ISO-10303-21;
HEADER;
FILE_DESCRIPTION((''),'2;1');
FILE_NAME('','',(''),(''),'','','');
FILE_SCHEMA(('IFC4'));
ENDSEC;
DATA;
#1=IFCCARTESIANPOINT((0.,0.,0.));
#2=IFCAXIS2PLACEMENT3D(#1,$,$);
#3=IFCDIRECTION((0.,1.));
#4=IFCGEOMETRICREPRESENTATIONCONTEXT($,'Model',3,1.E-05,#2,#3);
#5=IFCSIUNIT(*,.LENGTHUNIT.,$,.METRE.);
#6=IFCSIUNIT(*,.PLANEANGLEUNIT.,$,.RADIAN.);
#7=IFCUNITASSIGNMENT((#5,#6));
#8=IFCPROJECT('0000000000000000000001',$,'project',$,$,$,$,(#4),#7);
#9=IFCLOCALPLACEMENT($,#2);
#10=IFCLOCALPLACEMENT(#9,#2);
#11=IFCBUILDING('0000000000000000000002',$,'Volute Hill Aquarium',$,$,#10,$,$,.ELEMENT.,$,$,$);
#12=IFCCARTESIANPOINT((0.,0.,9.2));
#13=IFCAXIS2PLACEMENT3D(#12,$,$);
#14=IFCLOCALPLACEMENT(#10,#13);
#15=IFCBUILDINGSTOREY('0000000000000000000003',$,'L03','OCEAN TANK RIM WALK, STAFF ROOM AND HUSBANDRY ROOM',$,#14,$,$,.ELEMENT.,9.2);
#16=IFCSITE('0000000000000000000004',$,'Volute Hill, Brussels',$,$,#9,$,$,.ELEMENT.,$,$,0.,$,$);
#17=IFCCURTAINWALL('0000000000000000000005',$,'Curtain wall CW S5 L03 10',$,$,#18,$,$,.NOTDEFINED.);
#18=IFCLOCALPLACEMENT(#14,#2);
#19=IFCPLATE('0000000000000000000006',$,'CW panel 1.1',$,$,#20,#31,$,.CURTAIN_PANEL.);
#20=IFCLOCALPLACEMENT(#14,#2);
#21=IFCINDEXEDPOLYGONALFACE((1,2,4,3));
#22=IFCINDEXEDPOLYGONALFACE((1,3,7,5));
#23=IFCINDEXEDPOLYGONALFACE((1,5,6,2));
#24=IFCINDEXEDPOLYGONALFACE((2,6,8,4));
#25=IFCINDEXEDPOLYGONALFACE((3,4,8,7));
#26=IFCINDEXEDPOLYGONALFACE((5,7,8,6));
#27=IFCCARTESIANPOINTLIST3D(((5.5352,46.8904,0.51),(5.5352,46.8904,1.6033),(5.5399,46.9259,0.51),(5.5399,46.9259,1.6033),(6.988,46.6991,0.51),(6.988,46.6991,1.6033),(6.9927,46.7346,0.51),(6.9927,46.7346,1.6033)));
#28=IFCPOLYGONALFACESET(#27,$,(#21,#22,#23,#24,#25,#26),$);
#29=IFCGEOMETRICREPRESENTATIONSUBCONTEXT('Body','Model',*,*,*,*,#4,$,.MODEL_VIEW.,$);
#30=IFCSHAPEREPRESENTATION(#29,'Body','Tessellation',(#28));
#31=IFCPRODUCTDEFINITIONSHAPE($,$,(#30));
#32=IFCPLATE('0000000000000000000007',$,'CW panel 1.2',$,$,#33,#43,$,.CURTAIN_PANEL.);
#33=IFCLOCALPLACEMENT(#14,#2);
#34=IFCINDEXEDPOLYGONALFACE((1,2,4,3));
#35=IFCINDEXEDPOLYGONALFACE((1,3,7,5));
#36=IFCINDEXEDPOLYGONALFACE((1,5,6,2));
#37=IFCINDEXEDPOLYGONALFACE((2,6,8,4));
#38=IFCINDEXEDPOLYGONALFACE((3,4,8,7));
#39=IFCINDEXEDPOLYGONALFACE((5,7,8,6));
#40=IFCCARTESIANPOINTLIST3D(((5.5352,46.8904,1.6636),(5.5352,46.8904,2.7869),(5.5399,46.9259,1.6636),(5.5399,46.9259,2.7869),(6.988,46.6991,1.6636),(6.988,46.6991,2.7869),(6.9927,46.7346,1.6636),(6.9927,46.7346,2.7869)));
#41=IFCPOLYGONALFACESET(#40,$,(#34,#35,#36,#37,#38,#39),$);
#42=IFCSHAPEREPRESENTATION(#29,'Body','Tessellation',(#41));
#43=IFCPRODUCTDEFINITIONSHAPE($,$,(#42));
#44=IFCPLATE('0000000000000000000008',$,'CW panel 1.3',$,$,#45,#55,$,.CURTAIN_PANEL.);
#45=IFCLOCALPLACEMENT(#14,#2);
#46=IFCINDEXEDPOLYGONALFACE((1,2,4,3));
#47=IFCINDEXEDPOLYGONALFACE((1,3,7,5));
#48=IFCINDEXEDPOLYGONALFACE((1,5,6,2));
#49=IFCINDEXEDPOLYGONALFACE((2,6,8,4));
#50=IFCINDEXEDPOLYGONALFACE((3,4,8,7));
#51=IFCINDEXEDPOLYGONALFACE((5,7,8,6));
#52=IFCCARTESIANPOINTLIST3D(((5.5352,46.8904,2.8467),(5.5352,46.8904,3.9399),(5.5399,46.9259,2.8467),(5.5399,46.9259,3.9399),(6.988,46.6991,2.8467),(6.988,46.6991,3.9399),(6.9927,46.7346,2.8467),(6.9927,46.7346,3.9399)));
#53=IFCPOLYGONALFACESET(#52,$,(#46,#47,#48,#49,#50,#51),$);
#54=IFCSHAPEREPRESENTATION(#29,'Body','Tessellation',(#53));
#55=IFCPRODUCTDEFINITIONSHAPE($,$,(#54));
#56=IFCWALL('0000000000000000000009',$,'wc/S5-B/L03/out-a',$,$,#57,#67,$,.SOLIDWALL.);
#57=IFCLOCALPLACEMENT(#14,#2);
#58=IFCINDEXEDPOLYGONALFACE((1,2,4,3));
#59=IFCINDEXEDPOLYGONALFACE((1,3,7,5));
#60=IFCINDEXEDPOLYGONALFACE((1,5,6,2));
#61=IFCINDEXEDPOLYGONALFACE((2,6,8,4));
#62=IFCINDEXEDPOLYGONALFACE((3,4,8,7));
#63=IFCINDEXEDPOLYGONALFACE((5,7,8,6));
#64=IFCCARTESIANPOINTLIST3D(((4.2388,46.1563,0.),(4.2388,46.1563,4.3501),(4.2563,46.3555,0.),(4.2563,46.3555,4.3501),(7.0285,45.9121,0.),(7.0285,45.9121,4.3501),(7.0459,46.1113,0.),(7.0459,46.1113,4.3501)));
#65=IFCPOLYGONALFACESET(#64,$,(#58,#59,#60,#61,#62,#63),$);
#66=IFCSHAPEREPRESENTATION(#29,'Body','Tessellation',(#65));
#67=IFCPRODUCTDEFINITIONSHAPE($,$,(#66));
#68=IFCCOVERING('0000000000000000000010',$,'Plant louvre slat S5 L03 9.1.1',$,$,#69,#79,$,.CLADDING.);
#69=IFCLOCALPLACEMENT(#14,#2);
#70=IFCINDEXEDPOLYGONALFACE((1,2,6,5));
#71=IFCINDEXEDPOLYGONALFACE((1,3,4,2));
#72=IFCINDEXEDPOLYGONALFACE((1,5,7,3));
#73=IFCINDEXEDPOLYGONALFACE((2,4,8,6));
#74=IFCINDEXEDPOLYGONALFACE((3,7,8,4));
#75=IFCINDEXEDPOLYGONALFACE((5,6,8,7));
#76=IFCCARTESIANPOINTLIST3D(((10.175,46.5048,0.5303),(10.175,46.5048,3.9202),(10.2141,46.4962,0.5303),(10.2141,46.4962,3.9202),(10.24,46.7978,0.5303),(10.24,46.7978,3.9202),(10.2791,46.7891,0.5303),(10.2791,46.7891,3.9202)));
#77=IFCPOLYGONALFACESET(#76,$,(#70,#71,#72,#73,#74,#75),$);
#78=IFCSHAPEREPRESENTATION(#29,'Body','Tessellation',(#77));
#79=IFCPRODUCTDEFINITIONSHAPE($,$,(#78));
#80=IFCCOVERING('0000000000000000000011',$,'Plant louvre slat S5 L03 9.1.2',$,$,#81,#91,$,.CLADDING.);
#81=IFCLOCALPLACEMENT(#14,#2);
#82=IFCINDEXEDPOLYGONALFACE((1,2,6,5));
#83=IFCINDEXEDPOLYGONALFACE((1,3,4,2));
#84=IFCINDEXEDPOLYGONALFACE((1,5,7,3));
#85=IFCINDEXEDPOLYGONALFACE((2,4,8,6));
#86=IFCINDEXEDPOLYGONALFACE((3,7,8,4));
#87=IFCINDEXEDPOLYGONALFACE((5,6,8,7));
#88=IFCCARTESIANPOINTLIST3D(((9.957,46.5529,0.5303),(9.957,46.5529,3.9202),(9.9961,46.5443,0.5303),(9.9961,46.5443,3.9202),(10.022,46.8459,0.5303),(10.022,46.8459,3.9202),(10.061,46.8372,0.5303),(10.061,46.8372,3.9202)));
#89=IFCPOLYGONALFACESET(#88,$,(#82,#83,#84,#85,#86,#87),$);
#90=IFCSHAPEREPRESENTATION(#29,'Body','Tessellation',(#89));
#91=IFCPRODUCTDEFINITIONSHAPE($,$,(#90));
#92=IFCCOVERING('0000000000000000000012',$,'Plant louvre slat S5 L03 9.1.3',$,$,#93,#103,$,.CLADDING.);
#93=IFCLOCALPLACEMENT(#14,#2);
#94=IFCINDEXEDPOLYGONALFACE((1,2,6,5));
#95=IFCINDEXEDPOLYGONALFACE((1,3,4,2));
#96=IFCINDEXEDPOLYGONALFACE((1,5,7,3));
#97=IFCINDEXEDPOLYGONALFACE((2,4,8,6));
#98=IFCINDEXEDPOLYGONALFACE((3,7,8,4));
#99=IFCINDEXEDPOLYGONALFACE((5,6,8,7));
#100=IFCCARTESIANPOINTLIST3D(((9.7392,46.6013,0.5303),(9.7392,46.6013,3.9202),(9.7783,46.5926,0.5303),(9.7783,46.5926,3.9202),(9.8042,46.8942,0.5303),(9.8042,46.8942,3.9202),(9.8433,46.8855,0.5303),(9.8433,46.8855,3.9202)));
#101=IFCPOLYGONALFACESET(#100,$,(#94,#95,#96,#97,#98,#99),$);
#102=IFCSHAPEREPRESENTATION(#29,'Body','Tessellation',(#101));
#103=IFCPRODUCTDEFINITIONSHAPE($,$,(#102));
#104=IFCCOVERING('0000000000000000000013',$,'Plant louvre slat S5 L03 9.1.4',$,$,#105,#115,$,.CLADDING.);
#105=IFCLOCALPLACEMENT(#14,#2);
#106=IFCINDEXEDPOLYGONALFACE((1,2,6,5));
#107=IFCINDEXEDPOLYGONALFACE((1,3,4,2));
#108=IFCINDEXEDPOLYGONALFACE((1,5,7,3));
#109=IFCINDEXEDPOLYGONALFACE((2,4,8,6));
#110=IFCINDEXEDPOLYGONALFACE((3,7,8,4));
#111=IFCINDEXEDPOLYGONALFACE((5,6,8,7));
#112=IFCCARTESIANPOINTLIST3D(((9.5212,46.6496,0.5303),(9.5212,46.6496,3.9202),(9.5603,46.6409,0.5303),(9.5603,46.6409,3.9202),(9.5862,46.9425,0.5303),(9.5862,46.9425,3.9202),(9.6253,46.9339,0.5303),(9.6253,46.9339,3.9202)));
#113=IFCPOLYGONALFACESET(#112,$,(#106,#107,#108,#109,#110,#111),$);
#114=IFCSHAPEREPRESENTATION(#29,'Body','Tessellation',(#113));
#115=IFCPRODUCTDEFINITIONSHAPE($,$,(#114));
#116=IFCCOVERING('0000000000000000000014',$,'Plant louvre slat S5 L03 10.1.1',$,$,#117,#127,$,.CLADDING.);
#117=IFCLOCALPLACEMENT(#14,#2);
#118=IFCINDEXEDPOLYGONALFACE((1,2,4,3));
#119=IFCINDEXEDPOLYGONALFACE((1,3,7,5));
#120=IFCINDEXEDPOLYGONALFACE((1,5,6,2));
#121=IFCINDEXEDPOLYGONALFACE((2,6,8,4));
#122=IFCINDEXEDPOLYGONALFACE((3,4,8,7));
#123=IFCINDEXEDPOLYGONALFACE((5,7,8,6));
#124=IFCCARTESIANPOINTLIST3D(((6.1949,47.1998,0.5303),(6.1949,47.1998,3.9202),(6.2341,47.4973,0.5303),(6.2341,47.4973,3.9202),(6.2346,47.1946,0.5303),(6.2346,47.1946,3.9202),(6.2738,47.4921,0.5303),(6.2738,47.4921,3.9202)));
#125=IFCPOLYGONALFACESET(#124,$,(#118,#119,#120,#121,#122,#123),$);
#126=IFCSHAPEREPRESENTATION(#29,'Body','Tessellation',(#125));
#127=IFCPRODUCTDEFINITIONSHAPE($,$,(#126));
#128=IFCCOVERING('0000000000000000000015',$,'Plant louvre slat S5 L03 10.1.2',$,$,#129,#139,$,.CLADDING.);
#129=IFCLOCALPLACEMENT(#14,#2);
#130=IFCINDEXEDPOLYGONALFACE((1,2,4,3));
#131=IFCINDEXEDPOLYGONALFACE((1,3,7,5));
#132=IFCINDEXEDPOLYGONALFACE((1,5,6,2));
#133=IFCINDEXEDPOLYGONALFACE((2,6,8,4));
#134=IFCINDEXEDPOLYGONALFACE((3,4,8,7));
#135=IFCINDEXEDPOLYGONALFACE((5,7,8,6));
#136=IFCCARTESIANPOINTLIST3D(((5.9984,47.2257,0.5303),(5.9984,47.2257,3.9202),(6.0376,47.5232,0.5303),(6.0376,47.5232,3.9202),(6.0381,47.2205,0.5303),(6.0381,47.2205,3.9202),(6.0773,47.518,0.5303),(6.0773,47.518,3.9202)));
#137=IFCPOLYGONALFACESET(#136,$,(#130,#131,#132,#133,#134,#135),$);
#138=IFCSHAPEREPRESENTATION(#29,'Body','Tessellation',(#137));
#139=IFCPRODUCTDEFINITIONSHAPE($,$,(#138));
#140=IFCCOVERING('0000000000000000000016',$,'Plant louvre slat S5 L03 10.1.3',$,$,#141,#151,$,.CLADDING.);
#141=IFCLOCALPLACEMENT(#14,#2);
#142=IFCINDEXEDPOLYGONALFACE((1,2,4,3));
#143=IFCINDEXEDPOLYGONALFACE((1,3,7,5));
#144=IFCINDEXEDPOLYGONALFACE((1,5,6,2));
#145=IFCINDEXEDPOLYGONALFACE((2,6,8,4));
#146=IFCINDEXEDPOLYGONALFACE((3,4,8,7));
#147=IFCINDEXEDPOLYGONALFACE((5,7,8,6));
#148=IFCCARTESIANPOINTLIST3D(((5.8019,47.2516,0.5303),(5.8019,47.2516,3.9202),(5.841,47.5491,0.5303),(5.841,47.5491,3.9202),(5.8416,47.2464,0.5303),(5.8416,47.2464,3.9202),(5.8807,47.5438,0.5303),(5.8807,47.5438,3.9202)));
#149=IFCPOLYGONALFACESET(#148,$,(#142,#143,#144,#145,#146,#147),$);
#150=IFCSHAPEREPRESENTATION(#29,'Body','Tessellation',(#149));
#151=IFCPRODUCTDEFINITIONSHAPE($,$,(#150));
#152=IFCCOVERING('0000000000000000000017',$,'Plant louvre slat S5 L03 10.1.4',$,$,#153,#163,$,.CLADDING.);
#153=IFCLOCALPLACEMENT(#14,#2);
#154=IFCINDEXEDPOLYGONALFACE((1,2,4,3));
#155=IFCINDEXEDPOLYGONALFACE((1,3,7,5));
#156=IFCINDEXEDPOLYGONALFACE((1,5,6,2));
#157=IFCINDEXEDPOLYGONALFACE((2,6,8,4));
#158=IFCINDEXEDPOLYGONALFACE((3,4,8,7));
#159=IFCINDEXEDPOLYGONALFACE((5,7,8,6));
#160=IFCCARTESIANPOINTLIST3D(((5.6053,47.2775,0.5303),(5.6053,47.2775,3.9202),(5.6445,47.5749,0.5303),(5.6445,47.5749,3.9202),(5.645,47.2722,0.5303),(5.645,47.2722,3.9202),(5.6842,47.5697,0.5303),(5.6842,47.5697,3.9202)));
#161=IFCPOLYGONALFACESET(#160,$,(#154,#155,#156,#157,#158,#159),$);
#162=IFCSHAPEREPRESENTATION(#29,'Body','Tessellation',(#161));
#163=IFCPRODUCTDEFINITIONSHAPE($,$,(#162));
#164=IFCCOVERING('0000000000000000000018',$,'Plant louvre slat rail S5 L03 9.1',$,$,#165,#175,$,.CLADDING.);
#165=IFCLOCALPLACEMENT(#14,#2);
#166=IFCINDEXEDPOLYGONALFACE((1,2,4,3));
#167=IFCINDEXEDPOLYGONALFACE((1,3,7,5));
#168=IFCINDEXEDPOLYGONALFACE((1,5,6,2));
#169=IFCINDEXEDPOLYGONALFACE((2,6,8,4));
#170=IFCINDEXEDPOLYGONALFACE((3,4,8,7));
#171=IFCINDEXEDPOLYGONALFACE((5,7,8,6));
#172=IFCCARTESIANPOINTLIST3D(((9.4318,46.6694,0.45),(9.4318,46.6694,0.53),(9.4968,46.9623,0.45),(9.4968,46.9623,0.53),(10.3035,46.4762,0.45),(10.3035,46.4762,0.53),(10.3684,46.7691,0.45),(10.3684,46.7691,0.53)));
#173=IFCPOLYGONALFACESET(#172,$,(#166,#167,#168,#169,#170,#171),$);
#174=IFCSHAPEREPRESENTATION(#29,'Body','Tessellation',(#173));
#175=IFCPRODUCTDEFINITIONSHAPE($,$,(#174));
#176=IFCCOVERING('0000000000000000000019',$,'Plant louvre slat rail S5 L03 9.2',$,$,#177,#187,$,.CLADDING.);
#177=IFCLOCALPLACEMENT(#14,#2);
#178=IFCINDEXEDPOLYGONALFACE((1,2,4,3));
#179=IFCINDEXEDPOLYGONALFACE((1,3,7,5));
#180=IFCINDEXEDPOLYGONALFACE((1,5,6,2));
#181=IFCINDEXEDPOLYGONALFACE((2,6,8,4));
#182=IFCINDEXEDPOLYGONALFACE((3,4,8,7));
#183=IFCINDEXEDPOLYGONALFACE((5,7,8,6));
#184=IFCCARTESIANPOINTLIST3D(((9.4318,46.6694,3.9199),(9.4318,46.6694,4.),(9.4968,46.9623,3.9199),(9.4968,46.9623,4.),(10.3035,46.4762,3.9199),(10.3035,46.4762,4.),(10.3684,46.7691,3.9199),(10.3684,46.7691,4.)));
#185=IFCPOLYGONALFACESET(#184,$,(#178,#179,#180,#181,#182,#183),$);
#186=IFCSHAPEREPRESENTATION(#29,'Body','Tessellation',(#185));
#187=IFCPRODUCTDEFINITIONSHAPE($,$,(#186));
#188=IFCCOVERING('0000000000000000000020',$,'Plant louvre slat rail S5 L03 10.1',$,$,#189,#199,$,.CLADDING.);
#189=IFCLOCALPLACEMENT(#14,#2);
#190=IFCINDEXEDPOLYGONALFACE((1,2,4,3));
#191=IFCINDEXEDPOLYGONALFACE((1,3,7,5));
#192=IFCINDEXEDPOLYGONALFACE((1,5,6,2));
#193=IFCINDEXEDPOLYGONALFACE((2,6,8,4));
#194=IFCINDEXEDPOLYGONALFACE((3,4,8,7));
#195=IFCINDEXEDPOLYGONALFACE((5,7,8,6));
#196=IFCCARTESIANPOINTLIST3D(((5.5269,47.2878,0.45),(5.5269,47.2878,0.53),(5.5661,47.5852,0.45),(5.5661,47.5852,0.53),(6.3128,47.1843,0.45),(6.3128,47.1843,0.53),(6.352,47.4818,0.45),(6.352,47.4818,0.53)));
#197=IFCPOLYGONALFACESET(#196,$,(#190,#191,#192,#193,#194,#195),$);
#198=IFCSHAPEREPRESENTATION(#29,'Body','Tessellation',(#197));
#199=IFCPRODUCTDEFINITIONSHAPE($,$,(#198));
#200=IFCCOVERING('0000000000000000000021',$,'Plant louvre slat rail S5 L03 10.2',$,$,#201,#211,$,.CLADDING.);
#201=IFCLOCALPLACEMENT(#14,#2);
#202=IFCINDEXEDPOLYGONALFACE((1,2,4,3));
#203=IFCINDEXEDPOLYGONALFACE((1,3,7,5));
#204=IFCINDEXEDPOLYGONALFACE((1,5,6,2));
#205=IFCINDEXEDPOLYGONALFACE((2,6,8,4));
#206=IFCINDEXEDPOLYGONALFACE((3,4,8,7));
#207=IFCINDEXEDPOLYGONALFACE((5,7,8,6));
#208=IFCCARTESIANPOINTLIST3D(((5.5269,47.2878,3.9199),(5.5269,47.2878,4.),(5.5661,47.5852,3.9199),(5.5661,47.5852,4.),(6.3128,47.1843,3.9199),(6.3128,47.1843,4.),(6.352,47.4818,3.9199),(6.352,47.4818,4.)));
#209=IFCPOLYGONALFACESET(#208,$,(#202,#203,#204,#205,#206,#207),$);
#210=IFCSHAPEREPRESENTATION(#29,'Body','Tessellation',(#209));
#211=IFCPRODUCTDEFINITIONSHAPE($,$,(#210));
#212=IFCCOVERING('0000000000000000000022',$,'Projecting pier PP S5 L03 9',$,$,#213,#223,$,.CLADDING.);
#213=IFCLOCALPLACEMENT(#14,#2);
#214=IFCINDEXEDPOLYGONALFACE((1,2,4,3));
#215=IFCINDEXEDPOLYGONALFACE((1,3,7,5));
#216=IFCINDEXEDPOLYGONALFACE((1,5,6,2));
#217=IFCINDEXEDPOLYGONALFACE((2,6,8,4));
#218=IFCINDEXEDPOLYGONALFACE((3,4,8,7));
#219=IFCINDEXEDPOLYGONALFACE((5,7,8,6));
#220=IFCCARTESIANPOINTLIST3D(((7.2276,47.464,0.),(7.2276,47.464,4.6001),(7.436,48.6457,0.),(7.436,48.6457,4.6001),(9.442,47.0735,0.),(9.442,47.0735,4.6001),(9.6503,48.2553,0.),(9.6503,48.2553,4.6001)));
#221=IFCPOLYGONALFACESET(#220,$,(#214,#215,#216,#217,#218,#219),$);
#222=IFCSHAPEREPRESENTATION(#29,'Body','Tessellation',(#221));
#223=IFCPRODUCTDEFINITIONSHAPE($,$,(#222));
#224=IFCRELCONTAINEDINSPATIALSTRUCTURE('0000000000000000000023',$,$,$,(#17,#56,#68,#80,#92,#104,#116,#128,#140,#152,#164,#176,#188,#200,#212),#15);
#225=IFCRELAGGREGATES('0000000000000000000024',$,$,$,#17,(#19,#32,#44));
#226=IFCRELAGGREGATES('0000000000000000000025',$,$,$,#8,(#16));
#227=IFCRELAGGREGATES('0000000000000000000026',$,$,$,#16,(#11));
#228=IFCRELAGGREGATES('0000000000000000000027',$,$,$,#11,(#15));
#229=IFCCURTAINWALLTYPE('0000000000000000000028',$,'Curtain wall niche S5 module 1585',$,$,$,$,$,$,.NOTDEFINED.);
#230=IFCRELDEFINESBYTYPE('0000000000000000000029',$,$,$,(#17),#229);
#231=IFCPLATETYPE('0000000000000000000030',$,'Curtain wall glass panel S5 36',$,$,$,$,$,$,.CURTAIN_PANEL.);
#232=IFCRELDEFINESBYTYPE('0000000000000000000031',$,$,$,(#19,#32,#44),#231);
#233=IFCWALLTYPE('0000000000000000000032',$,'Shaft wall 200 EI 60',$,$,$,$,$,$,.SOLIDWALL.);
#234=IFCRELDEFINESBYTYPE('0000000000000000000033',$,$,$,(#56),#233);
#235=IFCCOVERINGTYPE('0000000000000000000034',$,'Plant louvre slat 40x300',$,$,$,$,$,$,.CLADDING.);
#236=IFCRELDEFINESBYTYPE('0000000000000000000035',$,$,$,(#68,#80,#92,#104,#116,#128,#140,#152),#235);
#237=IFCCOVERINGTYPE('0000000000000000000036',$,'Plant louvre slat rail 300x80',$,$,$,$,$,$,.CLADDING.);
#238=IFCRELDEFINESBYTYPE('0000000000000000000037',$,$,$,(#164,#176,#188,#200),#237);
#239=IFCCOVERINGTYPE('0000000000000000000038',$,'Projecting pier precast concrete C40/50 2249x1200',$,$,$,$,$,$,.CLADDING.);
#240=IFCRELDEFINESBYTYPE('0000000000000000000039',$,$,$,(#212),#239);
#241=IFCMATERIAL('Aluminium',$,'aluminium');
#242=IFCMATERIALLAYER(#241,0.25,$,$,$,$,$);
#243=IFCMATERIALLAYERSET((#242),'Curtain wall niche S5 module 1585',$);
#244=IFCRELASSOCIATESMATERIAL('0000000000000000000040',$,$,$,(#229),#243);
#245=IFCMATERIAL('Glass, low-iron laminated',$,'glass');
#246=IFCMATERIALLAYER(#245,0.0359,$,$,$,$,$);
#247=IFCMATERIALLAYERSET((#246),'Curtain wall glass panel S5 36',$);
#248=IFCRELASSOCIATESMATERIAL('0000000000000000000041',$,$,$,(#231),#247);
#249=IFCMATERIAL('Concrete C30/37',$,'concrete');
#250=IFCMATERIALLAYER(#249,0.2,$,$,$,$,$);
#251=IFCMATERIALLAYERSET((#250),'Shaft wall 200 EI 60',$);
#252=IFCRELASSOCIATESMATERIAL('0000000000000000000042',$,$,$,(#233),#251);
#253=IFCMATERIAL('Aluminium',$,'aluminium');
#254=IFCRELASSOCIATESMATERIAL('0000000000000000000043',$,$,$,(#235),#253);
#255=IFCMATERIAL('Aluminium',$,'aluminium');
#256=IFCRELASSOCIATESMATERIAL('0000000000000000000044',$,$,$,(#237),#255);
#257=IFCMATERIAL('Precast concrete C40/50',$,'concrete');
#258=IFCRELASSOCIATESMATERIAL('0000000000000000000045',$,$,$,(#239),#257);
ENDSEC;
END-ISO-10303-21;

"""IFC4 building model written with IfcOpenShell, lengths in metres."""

from ifc_helpers import new_model, si_unit, direction, frame, frame_2d, origin, origin_2d, place, context, subcontext, project, spatial, rectangle, extrude, material, layer, layer_set, type_object, element, aggregate, save


model = new_model("IFC4")

# Units and contexts
model_context = context("Model", 3, precision=1e-05, world=origin(), true_north=direction((0.0, 1.0)))
body_context = subcontext(model_context, "Body", "Model", "MODEL_VIEW")
ifc_project = project(units=[si_unit("LENGTHUNIT", "METRE"), si_unit("PLANEANGLEUNIT", "RADIAN")], contexts=[model_context])

# Site, building, storey
site_placement = place(None, origin())
site = spatial("IfcSite", under=ifc_project, at=site_placement, Name="Volute Hill, Brussels", CompositionType="ELEMENT", RefElevation=0.0)
building_placement = place(site_placement, origin())
building = spatial("IfcBuilding", under=site, at=building_placement, Name="Volute Hill Aquarium", CompositionType="ELEMENT")
storey_placement = place(building_placement, frame((0.0, 0.0, 9.2)))
storey = spatial("IfcBuildingStorey", under=building, at=storey_placement, Name="L03", Description="OCEAN TANK RIM WALK, STAFF ROOM AND HUSBANDRY ROOM", CompositionType="ELEMENT", Elevation=9.2)

# Curtain wall
ifc_material_1 = material(Name="Aluminium", Category="aluminium")
ifc_layer_1 = layer(ifc_material_1, 0.25)
ifc_layer_set_1 = layer_set([ifc_layer_1], Name="Curtain wall niche S5 module 1585")
curtain_wall_type_1 = type_object("IfcCurtainWallType", Name="Curtain wall niche S5 module 1585", PredefinedType="NOTDEFINED", material=ifc_layer_set_1)
curtain_wall_1_placement = place(storey_placement, origin())
curtain_wall_1 = element("IfcCurtainWall", 1, at=curtain_wall_1_placement, inside=storey, type_object=curtain_wall_type_1, Name="Curtain wall CW S5 L03 10", PredefinedType="NOTDEFINED")

# Plates
ifc_material_2 = material(Name="Glass, low-iron laminated", Category="glass")
ifc_layer_2 = layer(ifc_material_2, 0.0359)
ifc_layer_set_2 = layer_set([ifc_layer_2], Name="Curtain wall glass panel S5 36")
plate_type = type_object("IfcPlateType", Name="Curtain wall glass panel S5 36", PredefinedType="CURTAIN_PANEL", material=ifc_layer_set_2)
plate_1_placement = place(storey_placement, frame((6.2639, 46.8125, 0.51), z_axis=(0.0, 0.0, 1.0), x_axis=(-0.991443, 0.130539, 0.0)))
plate_1 = element("IfcPlate", 2, at=plate_1_placement, type_object=plate_type, Name="CW panel 1.1", PredefinedType="CURTAIN_PANEL", context=body_context, shape_type="SweptSolid", body=[
    extrude(rectangle(XDim=1.4653, YDim=0.0359, at=origin_2d()), origin(), (0.0, 0.0, 1.0), 1.0933),
])
plate_2_placement = place(storey_placement, frame((6.2639, 46.8125, 1.6636), z_axis=(0.0, 0.0, 1.0), x_axis=(-0.991443, 0.130539, 0.0)))
plate_2 = element("IfcPlate", 3, at=plate_2_placement, type_object=plate_type, Name="CW panel 1.2", PredefinedType="CURTAIN_PANEL", context=body_context, shape_type="SweptSolid", body=[
    extrude(rectangle(XDim=1.4653, YDim=0.0359, at=origin_2d()), origin(), (0.0, 0.0, 1.0), 1.1233),
])
plate_3_placement = place(storey_placement, frame((6.2639, 46.8125, 2.8467), z_axis=(0.0, 0.0, 1.0), x_axis=(-0.991443, 0.130539, 0.0)))
plate_3 = element("IfcPlate", 4, at=plate_3_placement, type_object=plate_type, Name="CW panel 1.3", PredefinedType="CURTAIN_PANEL", context=body_context, shape_type="SweptSolid", body=[
    extrude(rectangle(XDim=1.4653, YDim=0.0359, at=origin_2d()), origin(), (0.0, 0.0, 1.0), 1.0933),
])
aggregate(curtain_wall_1, [plate_1, plate_2, plate_3])

# Wall
ifc_material_3 = material(Name="Concrete C30/37", Category="concrete")
ifc_layer_3 = layer(ifc_material_3, 0.2)
ifc_layer_set_3 = layer_set([ifc_layer_3], Name="Shaft wall 200 EI 60")
wall_type = type_object("IfcWallType", Name="Shaft wall 200 EI 60", PredefinedType="SOLIDWALL", material=ifc_layer_set_3)
wall_placement = place(storey_placement, frame((4.2476, 46.2559, 0.0), z_axis=(0.0, 0.0, 1.0), x_axis=(0.996192, -0.087186, 0.0)))
element("IfcWall", 5, at=wall_placement, inside=storey, type_object=wall_type, Name="wc/S5-B/L03/out-a", PredefinedType="SOLIDWALL", context=body_context, shape_type="SweptSolid", body=[
    extrude(rectangle(XDim=2.8003, YDim=0.2, at=frame_2d((1.4001, 0.0))), origin(), (0.0, 0.0, 1.0), 4.3501),
])

# Coverings
ifc_material_4 = material(Name="Aluminium", Category="aluminium")
covering_type_1 = type_object("IfcCoveringType", Name="Plant louvre slat 40x300", PredefinedType="CLADDING", material=ifc_material_4)
for number, where, z_axis, x_axis, name in (
    (6, (10.2271, 46.647, 0.5303), (0.0, 0.0, 1.0), (-0.9763, 0.216423, 0.0), "Plant louvre slat S5 L03 9.1.1"),
    (7, (10.009, 46.6951, 0.5303), (0.0, 0.0, 1.0), (-0.9763, 0.216423, 0.0), "Plant louvre slat S5 L03 9.1.2"),
    (8, (9.7913, 46.7434, 0.5303), (0.0, 0.0, 1.0), (-0.9763, 0.216423, 0.0), "Plant louvre slat S5 L03 9.1.3"),
    (9, (9.5732, 46.7917, 0.5303), (0.0, 0.0, 1.0), (-0.9763, 0.216423, 0.0), "Plant louvre slat S5 L03 9.1.4"),
    (10, (6.2344, 47.3459, 0.5303), (0.0, 0.0, 1.0), (-0.991443, 0.130544, 0.0), "Plant louvre slat S5 L03 10.1.1"),
    (11, (6.0378, 47.3718, 0.5303), (0.0, 0.0, 1.0), (-0.991443, 0.130544, 0.0), "Plant louvre slat S5 L03 10.1.2"),
    (12, (5.8413, 47.3977, 0.5303), (0.0, 0.0, 1.0), (-0.991443, 0.130544, 0.0), "Plant louvre slat S5 L03 10.1.3"),
    (13, (5.6448, 47.4236, 0.5303), (0.0, 0.0, 1.0), (-0.991443, 0.130544, 0.0), "Plant louvre slat S5 L03 10.1.4"),
):
    element("IfcCovering", number, at=place(storey_placement, frame(where, z_axis=z_axis, x_axis=x_axis)), inside=storey, type_object=covering_type_1, Name=name, PredefinedType="CLADDING", context=body_context, shape_type="SweptSolid", body=[
        extrude(rectangle(XDim=0.04, YDim=0.3, at=origin_2d()), origin(), (0.0, 0.0, 1.0), 3.3899),
    ])
ifc_material_5 = material(Name="Aluminium", Category="aluminium")
covering_type_2 = type_object("IfcCoveringType", Name="Plant louvre slat rail 300x80", PredefinedType="CLADDING", material=ifc_material_5)
for number, where, z_axis, x_axis, name in (
    (14, (9.9001, 46.7192, 0.45), (0.0, 0.0, 1.0), (-0.9763, 0.216423, 0.0), "Plant louvre slat rail S5 L03 9.1"),
    (15, (9.9001, 46.7192, 3.9199), (0.0, 0.0, 1.0), (-0.9763, 0.216423, 0.0), "Plant louvre slat rail S5 L03 9.2"),
):
    element("IfcCovering", number, at=place(storey_placement, frame(where, z_axis=z_axis, x_axis=x_axis)), inside=storey, type_object=covering_type_2, Name=name, PredefinedType="CLADDING", context=body_context, shape_type="SweptSolid", body=[
        extrude(rectangle(XDim=0.8928, YDim=0.3, at=origin_2d()), origin(), (0.0, 0.0, 1.0), 0.0801),
    ])
for number, where, z_axis, x_axis, name in (
    (16, (5.9395, 47.3848, 0.45), (0.0, 0.0, 1.0), (-0.991443, 0.130544, 0.0), "Plant louvre slat rail S5 L03 10.1"),
    (17, (5.9395, 47.3848, 3.9199), (0.0, 0.0, 1.0), (-0.991443, 0.130544, 0.0), "Plant louvre slat rail S5 L03 10.2"),
):
    element("IfcCovering", number, at=place(storey_placement, frame(where, z_axis=z_axis, x_axis=x_axis)), inside=storey, type_object=covering_type_2, Name=name, PredefinedType="CLADDING", context=body_context, shape_type="SweptSolid", body=[
        extrude(rectangle(XDim=0.7927, YDim=0.3, at=origin_2d()), origin(), (0.0, 0.0, 1.0), 0.0801),
    ])
ifc_material_6 = material(Name="Precast concrete C40/50", Category="concrete")
covering_type_3 = type_object("IfcCoveringType", Name="Projecting pier precast concrete C40/50 2249x1200", PredefinedType="CLADDING", material=ifc_material_6)
covering_1_placement = place(storey_placement, frame((8.439, 47.8596, 0.0), z_axis=(0.0, 0.0, 1.0), x_axis=(-0.984808, 0.173648, 0.0)))
element("IfcCovering", 18, at=covering_1_placement, inside=storey, type_object=covering_type_3, Name="Projecting pier PP S5 L03 9", PredefinedType="CLADDING", context=body_context, shape_type="SweptSolid", body=[
    extrude(rectangle(XDim=2.2485, YDim=1.2, at=origin_2d()), origin(), (0.0, 0.0, 1.0), 4.6001),
])

save(model, "model.ifc")
